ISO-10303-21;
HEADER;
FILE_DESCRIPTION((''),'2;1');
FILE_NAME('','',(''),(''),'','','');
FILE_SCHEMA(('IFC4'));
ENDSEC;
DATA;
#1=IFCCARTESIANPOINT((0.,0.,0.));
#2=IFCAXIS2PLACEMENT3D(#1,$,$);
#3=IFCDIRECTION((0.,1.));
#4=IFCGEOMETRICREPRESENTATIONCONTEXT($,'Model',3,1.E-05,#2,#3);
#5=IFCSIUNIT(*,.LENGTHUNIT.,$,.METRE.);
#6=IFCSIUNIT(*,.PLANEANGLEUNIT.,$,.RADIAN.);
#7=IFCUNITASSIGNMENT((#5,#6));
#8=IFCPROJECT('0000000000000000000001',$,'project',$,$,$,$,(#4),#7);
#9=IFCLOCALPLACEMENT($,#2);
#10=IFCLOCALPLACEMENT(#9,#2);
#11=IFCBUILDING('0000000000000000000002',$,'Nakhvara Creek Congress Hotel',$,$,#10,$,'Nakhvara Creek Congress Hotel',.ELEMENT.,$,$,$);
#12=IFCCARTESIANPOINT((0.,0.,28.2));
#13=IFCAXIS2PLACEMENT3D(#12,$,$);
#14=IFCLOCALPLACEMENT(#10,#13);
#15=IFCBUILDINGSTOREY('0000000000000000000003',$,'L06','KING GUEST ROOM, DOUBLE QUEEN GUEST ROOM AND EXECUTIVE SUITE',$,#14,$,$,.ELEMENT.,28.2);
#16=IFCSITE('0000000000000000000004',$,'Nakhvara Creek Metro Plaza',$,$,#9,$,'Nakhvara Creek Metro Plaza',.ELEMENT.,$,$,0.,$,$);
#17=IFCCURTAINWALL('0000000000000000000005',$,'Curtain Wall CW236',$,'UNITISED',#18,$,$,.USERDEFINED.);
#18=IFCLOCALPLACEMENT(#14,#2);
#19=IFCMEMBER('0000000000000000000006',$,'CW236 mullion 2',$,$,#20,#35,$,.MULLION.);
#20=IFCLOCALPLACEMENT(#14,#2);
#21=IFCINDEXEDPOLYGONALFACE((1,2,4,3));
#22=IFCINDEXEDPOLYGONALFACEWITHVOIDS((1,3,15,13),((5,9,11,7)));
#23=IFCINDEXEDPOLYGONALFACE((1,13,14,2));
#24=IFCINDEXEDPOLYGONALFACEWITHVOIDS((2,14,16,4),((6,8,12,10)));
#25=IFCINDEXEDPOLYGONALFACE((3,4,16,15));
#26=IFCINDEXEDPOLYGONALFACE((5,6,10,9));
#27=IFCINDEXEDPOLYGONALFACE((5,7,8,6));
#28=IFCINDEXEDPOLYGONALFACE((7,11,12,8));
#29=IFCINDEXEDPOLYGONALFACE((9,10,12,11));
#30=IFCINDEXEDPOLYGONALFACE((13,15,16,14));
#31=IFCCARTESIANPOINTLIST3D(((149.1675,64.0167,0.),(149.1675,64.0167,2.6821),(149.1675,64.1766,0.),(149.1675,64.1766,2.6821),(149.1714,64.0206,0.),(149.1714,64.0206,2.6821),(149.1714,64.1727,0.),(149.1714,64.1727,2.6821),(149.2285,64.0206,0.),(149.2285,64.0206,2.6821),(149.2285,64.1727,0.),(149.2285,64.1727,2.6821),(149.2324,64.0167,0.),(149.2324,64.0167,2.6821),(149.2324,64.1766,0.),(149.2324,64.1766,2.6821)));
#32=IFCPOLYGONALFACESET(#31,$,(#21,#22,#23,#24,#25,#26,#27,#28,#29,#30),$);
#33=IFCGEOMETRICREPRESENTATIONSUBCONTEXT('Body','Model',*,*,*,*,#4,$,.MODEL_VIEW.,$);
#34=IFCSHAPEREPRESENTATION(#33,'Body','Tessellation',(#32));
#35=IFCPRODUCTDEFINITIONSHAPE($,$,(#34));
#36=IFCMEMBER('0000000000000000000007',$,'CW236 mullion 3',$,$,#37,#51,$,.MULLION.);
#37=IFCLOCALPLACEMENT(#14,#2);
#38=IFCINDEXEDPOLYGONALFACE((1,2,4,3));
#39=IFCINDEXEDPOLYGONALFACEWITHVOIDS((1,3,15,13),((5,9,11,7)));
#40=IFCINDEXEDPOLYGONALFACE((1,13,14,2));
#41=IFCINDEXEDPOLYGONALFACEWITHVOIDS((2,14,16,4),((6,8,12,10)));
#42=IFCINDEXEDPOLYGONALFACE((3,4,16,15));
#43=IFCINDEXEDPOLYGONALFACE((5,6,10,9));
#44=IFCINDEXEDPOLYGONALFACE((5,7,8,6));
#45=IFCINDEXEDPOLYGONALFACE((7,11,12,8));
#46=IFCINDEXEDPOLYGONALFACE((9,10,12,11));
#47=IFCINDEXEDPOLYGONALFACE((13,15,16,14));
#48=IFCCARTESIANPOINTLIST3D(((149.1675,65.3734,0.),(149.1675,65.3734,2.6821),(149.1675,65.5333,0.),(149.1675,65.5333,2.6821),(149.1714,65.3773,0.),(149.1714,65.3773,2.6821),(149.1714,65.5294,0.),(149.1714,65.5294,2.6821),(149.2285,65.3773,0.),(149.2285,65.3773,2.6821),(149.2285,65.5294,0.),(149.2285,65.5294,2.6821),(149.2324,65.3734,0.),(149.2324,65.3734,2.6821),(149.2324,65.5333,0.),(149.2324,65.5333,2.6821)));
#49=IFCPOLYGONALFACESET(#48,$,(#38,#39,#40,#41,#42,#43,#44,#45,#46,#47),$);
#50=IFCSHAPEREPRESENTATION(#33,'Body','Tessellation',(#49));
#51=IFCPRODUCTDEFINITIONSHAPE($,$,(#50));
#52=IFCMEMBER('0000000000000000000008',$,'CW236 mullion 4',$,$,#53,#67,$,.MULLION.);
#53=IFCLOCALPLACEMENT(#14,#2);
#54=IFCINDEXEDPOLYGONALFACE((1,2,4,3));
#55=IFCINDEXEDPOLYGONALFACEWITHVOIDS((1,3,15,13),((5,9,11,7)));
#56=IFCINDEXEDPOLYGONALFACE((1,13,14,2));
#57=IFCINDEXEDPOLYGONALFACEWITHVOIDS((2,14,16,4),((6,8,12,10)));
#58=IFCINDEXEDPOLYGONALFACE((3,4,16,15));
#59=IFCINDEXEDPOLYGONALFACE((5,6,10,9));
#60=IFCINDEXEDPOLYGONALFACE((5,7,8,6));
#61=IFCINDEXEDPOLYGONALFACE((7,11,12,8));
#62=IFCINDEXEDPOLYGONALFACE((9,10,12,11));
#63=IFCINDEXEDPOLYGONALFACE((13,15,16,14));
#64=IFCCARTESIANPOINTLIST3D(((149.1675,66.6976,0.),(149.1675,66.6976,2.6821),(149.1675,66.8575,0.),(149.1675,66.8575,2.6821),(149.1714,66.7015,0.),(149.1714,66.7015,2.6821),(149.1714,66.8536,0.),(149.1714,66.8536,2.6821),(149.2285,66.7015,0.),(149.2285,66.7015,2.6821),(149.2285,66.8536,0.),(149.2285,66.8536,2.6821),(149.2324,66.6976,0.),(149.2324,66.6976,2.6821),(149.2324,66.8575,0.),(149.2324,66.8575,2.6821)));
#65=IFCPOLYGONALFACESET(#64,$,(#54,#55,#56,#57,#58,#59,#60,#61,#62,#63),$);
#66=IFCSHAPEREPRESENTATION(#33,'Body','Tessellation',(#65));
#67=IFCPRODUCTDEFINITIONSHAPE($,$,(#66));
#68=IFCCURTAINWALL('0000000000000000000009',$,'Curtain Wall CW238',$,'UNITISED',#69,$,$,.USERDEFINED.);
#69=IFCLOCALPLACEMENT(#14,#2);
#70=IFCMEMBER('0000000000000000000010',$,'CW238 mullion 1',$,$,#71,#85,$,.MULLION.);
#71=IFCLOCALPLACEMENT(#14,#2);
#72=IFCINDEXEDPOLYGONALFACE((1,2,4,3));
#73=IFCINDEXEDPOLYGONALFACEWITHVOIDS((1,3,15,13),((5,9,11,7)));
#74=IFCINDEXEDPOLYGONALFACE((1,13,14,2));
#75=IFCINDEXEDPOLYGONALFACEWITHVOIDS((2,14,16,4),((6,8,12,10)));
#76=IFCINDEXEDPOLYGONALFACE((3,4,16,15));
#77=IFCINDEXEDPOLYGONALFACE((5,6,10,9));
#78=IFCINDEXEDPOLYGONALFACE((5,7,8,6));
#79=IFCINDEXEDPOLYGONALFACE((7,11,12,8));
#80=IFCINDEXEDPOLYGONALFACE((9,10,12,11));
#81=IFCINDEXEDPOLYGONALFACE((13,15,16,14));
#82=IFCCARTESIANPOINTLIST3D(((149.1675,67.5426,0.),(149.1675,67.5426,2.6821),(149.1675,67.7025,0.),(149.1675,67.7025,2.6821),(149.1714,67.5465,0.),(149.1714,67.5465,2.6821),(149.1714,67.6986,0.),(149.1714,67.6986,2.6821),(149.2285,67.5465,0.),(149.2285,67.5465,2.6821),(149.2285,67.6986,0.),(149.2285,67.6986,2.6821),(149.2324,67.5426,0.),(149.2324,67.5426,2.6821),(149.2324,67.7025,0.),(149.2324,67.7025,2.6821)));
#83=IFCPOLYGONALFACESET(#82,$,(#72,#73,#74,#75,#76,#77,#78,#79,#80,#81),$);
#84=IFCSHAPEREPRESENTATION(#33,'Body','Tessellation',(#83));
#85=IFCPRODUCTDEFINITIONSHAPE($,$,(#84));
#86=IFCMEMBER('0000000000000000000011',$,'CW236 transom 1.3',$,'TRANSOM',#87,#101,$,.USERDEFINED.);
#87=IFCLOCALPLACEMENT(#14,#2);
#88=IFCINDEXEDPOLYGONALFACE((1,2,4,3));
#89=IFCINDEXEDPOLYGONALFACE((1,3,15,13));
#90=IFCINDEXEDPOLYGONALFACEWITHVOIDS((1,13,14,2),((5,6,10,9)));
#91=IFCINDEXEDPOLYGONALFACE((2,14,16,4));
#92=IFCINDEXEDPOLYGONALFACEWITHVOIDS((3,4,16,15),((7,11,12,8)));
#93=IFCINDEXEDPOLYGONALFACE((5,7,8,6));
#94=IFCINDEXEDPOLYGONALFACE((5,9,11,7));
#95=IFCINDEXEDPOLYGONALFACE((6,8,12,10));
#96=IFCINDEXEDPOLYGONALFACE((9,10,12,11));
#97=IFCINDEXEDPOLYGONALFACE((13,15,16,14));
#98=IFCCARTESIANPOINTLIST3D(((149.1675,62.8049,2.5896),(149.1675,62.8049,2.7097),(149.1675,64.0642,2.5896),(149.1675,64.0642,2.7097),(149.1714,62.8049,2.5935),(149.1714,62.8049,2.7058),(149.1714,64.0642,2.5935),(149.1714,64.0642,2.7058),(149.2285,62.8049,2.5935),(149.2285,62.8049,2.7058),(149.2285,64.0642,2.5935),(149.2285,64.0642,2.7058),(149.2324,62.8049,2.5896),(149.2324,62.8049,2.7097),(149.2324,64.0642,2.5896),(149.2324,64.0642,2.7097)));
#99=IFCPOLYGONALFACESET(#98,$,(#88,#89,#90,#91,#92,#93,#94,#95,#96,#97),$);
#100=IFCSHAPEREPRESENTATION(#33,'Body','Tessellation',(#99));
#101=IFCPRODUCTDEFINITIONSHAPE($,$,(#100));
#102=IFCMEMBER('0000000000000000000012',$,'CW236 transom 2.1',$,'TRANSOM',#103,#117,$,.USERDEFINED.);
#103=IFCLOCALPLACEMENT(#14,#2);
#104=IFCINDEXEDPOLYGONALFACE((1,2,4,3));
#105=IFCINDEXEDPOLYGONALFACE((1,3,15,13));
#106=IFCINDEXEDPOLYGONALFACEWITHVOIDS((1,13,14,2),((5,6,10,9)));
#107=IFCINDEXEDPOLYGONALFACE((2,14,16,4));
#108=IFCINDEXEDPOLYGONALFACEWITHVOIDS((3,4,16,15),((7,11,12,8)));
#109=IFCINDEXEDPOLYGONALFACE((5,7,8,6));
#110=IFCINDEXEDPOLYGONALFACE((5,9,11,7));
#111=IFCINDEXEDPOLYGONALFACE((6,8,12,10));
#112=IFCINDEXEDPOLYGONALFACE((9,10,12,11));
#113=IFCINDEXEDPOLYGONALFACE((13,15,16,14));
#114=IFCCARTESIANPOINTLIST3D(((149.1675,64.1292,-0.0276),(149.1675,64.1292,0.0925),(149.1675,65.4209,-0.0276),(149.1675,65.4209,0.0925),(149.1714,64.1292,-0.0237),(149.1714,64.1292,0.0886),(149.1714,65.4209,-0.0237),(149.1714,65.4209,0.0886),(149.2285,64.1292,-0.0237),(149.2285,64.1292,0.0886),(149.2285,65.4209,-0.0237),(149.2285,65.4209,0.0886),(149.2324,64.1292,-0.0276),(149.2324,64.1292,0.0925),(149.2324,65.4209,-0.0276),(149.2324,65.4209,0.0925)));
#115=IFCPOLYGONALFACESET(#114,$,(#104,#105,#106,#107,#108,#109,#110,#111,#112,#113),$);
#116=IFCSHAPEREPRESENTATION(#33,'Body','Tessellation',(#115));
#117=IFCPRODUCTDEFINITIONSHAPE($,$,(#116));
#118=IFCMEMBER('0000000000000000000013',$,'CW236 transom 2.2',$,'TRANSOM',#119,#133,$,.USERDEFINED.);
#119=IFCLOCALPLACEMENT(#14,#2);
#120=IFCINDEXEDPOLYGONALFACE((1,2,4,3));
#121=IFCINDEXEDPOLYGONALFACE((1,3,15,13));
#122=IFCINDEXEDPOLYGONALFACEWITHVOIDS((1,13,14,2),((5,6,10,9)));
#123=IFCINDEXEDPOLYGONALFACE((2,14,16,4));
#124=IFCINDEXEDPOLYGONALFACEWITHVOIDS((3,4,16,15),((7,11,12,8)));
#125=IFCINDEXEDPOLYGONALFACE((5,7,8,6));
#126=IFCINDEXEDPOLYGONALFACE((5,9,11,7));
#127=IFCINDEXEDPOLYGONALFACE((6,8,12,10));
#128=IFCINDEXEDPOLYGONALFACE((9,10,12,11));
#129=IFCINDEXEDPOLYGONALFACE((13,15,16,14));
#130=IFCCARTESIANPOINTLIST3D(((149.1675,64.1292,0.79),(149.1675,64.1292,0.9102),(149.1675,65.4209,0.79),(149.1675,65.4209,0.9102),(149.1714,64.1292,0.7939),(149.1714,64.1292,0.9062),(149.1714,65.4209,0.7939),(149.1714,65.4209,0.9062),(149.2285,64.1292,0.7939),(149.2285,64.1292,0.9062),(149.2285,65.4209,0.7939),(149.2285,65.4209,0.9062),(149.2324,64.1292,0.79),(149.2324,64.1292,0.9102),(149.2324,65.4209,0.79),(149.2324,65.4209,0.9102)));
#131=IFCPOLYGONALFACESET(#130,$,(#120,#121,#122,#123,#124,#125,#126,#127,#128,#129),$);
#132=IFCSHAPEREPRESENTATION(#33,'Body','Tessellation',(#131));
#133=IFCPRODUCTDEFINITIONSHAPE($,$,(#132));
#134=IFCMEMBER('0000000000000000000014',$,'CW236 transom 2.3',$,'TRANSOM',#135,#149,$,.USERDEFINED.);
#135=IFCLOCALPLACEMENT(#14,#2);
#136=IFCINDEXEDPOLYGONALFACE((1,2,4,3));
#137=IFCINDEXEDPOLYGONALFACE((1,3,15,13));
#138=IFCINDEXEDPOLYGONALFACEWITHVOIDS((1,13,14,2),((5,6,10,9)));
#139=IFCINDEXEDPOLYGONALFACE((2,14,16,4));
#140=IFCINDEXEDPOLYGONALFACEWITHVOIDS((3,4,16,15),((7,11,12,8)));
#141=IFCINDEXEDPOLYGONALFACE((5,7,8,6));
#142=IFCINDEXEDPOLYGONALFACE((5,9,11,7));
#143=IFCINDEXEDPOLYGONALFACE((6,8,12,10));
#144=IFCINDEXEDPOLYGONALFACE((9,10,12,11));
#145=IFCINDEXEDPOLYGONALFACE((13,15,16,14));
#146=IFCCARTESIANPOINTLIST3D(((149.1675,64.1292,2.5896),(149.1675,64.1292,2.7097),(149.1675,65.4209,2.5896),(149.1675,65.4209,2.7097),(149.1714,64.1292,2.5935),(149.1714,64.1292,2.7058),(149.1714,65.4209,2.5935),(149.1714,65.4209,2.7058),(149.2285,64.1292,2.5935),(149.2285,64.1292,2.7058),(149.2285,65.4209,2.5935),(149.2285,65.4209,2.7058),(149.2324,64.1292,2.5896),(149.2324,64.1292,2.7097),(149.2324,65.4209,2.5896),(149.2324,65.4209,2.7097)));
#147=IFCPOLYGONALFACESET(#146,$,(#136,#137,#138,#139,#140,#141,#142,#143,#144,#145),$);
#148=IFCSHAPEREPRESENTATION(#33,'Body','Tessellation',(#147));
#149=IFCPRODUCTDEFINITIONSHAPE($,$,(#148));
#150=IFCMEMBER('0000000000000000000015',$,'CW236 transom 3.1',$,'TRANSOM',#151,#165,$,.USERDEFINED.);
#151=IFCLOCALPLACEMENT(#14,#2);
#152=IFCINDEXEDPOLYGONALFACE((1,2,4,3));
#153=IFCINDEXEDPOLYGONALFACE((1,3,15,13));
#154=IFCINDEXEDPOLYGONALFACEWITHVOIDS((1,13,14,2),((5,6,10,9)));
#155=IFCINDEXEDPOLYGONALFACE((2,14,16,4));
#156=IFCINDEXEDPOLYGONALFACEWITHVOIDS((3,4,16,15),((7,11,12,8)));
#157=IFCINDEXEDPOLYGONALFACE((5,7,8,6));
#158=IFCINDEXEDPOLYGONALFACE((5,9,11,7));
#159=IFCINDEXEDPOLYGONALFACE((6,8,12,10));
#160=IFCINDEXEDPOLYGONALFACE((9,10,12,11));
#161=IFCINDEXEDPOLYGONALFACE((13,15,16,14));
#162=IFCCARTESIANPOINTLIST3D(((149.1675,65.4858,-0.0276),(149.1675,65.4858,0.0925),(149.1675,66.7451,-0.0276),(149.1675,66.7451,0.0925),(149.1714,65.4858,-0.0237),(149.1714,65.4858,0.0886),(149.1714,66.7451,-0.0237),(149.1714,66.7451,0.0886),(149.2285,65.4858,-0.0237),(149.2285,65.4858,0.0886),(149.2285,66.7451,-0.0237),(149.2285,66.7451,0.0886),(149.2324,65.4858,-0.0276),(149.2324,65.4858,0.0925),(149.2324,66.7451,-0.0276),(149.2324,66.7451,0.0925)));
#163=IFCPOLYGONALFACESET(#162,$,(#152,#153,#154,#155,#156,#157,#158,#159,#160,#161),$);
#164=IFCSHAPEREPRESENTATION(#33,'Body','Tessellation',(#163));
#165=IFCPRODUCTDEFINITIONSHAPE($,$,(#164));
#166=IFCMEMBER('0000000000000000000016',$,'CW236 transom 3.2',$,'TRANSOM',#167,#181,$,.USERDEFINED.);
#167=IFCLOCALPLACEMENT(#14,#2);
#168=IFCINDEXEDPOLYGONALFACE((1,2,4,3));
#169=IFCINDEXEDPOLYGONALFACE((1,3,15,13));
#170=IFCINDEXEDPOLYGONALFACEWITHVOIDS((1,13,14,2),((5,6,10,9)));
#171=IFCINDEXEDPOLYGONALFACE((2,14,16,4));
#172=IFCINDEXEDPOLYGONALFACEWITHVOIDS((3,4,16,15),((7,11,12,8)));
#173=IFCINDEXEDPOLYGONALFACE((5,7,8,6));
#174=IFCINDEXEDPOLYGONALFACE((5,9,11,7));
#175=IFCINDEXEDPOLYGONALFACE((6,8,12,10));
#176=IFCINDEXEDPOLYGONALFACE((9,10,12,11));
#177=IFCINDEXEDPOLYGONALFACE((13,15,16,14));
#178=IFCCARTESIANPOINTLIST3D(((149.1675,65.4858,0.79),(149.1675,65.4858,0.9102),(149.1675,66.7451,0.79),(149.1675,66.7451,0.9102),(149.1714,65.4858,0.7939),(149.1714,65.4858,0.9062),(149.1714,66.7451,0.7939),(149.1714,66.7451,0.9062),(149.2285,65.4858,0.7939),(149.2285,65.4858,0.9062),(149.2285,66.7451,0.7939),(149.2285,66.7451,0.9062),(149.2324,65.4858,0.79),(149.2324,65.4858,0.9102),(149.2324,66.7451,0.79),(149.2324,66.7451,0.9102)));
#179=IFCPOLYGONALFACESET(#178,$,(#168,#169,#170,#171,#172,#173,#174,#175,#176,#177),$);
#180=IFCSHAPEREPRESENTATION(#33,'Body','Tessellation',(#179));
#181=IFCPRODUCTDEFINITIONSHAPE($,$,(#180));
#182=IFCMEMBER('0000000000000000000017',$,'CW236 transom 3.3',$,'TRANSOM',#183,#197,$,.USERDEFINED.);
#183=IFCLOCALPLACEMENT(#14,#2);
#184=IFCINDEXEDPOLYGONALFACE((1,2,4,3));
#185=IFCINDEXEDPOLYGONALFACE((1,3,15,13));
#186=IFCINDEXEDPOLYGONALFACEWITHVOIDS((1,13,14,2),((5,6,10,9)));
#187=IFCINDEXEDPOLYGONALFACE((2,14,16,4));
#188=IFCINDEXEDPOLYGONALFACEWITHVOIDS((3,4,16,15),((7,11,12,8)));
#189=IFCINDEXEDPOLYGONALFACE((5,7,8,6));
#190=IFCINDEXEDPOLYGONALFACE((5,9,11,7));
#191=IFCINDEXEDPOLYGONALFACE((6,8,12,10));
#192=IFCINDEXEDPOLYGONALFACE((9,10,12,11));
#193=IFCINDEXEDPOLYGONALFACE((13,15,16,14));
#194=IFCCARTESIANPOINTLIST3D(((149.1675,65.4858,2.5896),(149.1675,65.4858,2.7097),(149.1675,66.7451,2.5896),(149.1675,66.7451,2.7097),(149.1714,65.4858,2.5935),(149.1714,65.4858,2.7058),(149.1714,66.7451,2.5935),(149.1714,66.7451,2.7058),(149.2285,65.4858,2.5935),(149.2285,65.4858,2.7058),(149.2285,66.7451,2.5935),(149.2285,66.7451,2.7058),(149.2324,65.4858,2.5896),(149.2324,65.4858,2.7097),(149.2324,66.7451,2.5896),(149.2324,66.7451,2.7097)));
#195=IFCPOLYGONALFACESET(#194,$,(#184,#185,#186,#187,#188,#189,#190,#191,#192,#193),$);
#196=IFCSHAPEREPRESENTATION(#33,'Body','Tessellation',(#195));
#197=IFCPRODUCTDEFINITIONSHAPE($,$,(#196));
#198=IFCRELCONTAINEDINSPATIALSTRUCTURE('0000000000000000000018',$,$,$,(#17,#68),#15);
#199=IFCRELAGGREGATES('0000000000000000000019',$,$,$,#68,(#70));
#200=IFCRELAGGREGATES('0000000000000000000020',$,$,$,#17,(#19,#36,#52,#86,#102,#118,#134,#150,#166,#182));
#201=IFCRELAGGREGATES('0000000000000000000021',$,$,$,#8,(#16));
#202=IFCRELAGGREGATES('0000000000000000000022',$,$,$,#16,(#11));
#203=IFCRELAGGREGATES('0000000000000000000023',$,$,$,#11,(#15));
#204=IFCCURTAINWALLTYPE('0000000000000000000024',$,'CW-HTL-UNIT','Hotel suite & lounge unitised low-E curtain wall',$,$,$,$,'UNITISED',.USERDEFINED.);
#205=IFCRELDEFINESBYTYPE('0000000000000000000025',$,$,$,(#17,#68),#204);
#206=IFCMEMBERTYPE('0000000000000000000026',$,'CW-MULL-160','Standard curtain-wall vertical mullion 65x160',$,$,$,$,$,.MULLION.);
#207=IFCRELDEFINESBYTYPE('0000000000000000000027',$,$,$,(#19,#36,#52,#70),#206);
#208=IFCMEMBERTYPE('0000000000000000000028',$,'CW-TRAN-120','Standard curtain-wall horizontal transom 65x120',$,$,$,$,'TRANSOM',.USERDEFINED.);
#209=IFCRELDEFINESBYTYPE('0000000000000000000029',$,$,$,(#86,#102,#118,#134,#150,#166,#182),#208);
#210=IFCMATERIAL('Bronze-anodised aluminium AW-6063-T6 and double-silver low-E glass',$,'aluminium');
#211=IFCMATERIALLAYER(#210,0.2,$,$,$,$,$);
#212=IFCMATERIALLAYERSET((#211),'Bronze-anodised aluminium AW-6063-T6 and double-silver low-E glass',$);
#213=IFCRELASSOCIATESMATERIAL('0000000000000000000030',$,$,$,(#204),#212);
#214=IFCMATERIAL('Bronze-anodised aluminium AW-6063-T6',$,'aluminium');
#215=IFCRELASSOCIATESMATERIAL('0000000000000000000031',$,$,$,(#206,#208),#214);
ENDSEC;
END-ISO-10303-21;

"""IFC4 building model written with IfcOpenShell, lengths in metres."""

from ifc_helpers import new_model, si_unit, direction, frame, origin, origin_2d, place, context, subcontext, project, spatial, hollow_rectangle, extrude, material, layer, layer_set, material_profile, profile_set, type_object, element, aggregate, save


model = new_model("IFC4")

# Units and contexts
model_context = context("Model", 3, precision=1e-05, world=origin(), true_north=direction((0.0, 1.0)))
body_context = subcontext(model_context, "Body", "Model", "MODEL_VIEW")
ifc_project = project(units=[si_unit("LENGTHUNIT", "METRE"), si_unit("PLANEANGLEUNIT", "RADIAN")], contexts=[model_context])

# Site, building, storey
site_placement = place(None, origin())
site = spatial("IfcSite", under=ifc_project, at=site_placement, Name="Nakhvara Creek Metro Plaza", LongName="Nakhvara Creek Metro Plaza", CompositionType="ELEMENT", RefElevation=0.0)
building_placement = place(site_placement, origin())
building = spatial("IfcBuilding", under=site, at=building_placement, Name="Nakhvara Creek Congress Hotel", LongName="Nakhvara Creek Congress Hotel", CompositionType="ELEMENT")
storey_placement = place(building_placement, frame((0.0, 0.0, 28.2)))
storey = spatial("IfcBuildingStorey", under=building, at=storey_placement, Name="L06", Description="KING GUEST ROOM, DOUBLE QUEEN GUEST ROOM AND EXECUTIVE SUITE", CompositionType="ELEMENT", Elevation=28.2)

# Curtain wall, members
ifc_material_1 = material(Name="Bronze-anodised aluminium AW-6063-T6 and double-silver low-E glass", Category="aluminium")
ifc_layer = layer(ifc_material_1, 0.2)
ifc_layer_set = layer_set([ifc_layer], Name="Bronze-anodised aluminium AW-6063-T6 and double-silver low-E glass")
curtain_wall_type = type_object("IfcCurtainWallType", Name="CW-HTL-UNIT", Description="Hotel suite & lounge unitised low-E curtain wall", ElementType="UNITISED", PredefinedType="USERDEFINED", material=ifc_layer_set)
curtain_wall_1_placement = place(storey_placement, origin())
curtain_wall_1 = element("IfcCurtainWall", 1, at=curtain_wall_1_placement, inside=storey, type_object=curtain_wall_type, Name="Curtain Wall CW236", ObjectType="UNITISED", PredefinedType="USERDEFINED")
ifc_material_2 = material(Name="Bronze-anodised aluminium AW-6063-T6", Category="aluminium")
ifc_material_profile_1 = material_profile(ifc_material_2, hollow_rectangle(XDim=0.0649, YDim=0.1599, WallThickness=0.0039, at=origin_2d()), Name="ALU-MULL 65x160x4", Category="LoadBearing")
ifc_profile_set_1 = profile_set([ifc_material_profile_1], Name="Bronze-anodised aluminium AW-6063-T6")
member_type_1 = type_object("IfcMemberType", Name="CW-MULL-160", Description="Standard curtain-wall vertical mullion 65x160", PredefinedType="MULLION", material=ifc_profile_set_1)
member_1_placement = place(storey_placement, frame((149.2, 64.0967, 0.0), z_axis=(0.0, 0.0, 1.0), x_axis=(-1.0, 0.0, 0.0)))
member_1 = element("IfcMember", 2, at=member_1_placement, type_object=member_type_1, Name="CW236 mullion 2", PredefinedType="MULLION", context=body_context, shape_type="SweptSolid", body=[
    extrude(hollow_rectangle(XDim=0.0649, YDim=0.1599, WallThickness=0.0039, at=origin_2d()), origin(), (0.0, 0.0, 1.0), 2.6821),
])
member_2_placement = place(storey_placement, frame((149.2, 65.4534, 0.0), z_axis=(0.0, 0.0, 1.0), x_axis=(-1.0, 0.0, 0.0)))
member_2 = element("IfcMember", 3, at=member_2_placement, type_object=member_type_1, Name="CW236 mullion 3", PredefinedType="MULLION", context=body_context, shape_type="SweptSolid", body=[
    extrude(hollow_rectangle(XDim=0.0649, YDim=0.1599, WallThickness=0.0039, at=origin_2d()), origin(), (0.0, 0.0, 1.0), 2.6821),
])
member_3_placement = place(storey_placement, frame((149.2, 66.7776, 0.0), z_axis=(0.0, 0.0, 1.0), x_axis=(-1.0, 0.0, 0.0)))
member_3 = element("IfcMember", 4, at=member_3_placement, type_object=member_type_1, Name="CW236 mullion 4", PredefinedType="MULLION", context=body_context, shape_type="SweptSolid", body=[
    extrude(hollow_rectangle(XDim=0.0649, YDim=0.1599, WallThickness=0.0039, at=origin_2d()), origin(), (0.0, 0.0, 1.0), 2.6821),
])

# Curtain wall, member
curtain_wall_2_placement = place(storey_placement, origin())
curtain_wall_2 = element("IfcCurtainWall", 5, at=curtain_wall_2_placement, inside=storey, type_object=curtain_wall_type, Name="Curtain Wall CW238", ObjectType="UNITISED", PredefinedType="USERDEFINED")
member_4_placement = place(storey_placement, frame((149.2, 67.6226, 0.0), z_axis=(0.0, 0.0, 1.0), x_axis=(-1.0, 0.0, 0.0)))
member_4 = element("IfcMember", 6, at=member_4_placement, type_object=member_type_1, Name="CW238 mullion 1", PredefinedType="MULLION", context=body_context, shape_type="SweptSolid", body=[
    extrude(hollow_rectangle(XDim=0.0649, YDim=0.1599, WallThickness=0.0039, at=origin_2d()), origin(), (0.0, 0.0, 1.0), 2.6821),
])

# Members
ifc_material_profile_2 = material_profile(ifc_material_2, hollow_rectangle(XDim=0.0649, YDim=0.1201, WallThickness=0.0039, at=origin_2d()), Name="ALU-TRAN 65x120x4", Category="LoadBearing")
ifc_profile_set_2 = profile_set([ifc_material_profile_2], Name="Bronze-anodised aluminium AW-6063-T6")
member_type_2 = type_object("IfcMemberType", Name="CW-TRAN-120", Description="Standard curtain-wall horizontal transom 65x120", ElementType="TRANSOM", PredefinedType="USERDEFINED", material=ifc_profile_set_2)
member_5_placement = place(storey_placement, frame((149.2, 62.8049, 2.6497), z_axis=(0.0, 1.0, 0.0), x_axis=(-1.0, 0.0, 0.0)))
member_5 = element("IfcMember", 7, at=member_5_placement, type_object=member_type_2, Name="CW236 transom 1.3", ObjectType="TRANSOM", PredefinedType="USERDEFINED", context=body_context, shape_type="SweptSolid", body=[
    extrude(hollow_rectangle(XDim=0.0649, YDim=0.1201, WallThickness=0.0039, at=origin_2d()), origin(), (0.0, 0.0, 1.0), 1.2593),
])
member_6_placement = place(storey_placement, frame((149.2, 64.1292, 0.0325), z_axis=(0.0, 1.0, 0.0), x_axis=(-1.0, 0.0, 0.0)))
member_6 = element("IfcMember", 8, at=member_6_placement, type_object=member_type_2, Name="CW236 transom 2.1", ObjectType="TRANSOM", PredefinedType="USERDEFINED", context=body_context, shape_type="SweptSolid", body=[
    extrude(hollow_rectangle(XDim=0.0649, YDim=0.1201, WallThickness=0.0039, at=origin_2d()), origin(), (0.0, 0.0, 1.0), 1.2917),
])
member_7_placement = place(storey_placement, frame((149.2, 64.1292, 0.8501), z_axis=(0.0, 1.0, 0.0), x_axis=(-1.0, 0.0, 0.0)))
member_7 = element("IfcMember", 9, at=member_7_placement, type_object=member_type_2, Name="CW236 transom 2.2", ObjectType="TRANSOM", PredefinedType="USERDEFINED", context=body_context, shape_type="SweptSolid", body=[
    extrude(hollow_rectangle(XDim=0.0649, YDim=0.1201, WallThickness=0.0039, at=origin_2d()), origin(), (0.0, 0.0, 1.0), 1.2917),
])
member_8_placement = place(storey_placement, frame((149.2, 64.1292, 2.6497), z_axis=(0.0, 1.0, 0.0), x_axis=(-1.0, 0.0, 0.0)))
member_8 = element("IfcMember", 10, at=member_8_placement, type_object=member_type_2, Name="CW236 transom 2.3", ObjectType="TRANSOM", PredefinedType="USERDEFINED", context=body_context, shape_type="SweptSolid", body=[
    extrude(hollow_rectangle(XDim=0.0649, YDim=0.1201, WallThickness=0.0039, at=origin_2d()), origin(), (0.0, 0.0, 1.0), 1.2917),
])
member_9_placement = place(storey_placement, frame((149.2, 65.4858, 0.0325), z_axis=(0.0, 1.0, 0.0), x_axis=(-1.0, 0.0, 0.0)))
member_9 = element("IfcMember", 11, at=member_9_placement, type_object=member_type_2, Name="CW236 transom 3.1", ObjectType="TRANSOM", PredefinedType="USERDEFINED", context=body_context, shape_type="SweptSolid", body=[
    extrude(hollow_rectangle(XDim=0.0649, YDim=0.1201, WallThickness=0.0039, at=origin_2d()), origin(), (0.0, 0.0, 1.0), 1.2593),
])
member_10_placement = place(storey_placement, frame((149.2, 65.4858, 0.8501), z_axis=(0.0, 1.0, 0.0), x_axis=(-1.0, 0.0, 0.0)))
member_10 = element("IfcMember", 12, at=member_10_placement, type_object=member_type_2, Name="CW236 transom 3.2", ObjectType="TRANSOM", PredefinedType="USERDEFINED", context=body_context, shape_type="SweptSolid", body=[
    extrude(hollow_rectangle(XDim=0.0649, YDim=0.1201, WallThickness=0.0039, at=origin_2d()), origin(), (0.0, 0.0, 1.0), 1.2593),
])
member_11_placement = place(storey_placement, frame((149.2, 65.4858, 2.6497), z_axis=(0.0, 1.0, 0.0), x_axis=(-1.0, 0.0, 0.0)))
member_11 = element("IfcMember", 13, at=member_11_placement, type_object=member_type_2, Name="CW236 transom 3.3", ObjectType="TRANSOM", PredefinedType="USERDEFINED", context=body_context, shape_type="SweptSolid", body=[
    extrude(hollow_rectangle(XDim=0.0649, YDim=0.1201, WallThickness=0.0039, at=origin_2d()), origin(), (0.0, 0.0, 1.0), 1.2593),
])
aggregate(curtain_wall_2, [member_4])

aggregate(curtain_wall_1, [member_1, member_2, member_3, member_5, member_6, member_7, member_8, member_9, member_10, member_11])

save(model, "model.ifc")
